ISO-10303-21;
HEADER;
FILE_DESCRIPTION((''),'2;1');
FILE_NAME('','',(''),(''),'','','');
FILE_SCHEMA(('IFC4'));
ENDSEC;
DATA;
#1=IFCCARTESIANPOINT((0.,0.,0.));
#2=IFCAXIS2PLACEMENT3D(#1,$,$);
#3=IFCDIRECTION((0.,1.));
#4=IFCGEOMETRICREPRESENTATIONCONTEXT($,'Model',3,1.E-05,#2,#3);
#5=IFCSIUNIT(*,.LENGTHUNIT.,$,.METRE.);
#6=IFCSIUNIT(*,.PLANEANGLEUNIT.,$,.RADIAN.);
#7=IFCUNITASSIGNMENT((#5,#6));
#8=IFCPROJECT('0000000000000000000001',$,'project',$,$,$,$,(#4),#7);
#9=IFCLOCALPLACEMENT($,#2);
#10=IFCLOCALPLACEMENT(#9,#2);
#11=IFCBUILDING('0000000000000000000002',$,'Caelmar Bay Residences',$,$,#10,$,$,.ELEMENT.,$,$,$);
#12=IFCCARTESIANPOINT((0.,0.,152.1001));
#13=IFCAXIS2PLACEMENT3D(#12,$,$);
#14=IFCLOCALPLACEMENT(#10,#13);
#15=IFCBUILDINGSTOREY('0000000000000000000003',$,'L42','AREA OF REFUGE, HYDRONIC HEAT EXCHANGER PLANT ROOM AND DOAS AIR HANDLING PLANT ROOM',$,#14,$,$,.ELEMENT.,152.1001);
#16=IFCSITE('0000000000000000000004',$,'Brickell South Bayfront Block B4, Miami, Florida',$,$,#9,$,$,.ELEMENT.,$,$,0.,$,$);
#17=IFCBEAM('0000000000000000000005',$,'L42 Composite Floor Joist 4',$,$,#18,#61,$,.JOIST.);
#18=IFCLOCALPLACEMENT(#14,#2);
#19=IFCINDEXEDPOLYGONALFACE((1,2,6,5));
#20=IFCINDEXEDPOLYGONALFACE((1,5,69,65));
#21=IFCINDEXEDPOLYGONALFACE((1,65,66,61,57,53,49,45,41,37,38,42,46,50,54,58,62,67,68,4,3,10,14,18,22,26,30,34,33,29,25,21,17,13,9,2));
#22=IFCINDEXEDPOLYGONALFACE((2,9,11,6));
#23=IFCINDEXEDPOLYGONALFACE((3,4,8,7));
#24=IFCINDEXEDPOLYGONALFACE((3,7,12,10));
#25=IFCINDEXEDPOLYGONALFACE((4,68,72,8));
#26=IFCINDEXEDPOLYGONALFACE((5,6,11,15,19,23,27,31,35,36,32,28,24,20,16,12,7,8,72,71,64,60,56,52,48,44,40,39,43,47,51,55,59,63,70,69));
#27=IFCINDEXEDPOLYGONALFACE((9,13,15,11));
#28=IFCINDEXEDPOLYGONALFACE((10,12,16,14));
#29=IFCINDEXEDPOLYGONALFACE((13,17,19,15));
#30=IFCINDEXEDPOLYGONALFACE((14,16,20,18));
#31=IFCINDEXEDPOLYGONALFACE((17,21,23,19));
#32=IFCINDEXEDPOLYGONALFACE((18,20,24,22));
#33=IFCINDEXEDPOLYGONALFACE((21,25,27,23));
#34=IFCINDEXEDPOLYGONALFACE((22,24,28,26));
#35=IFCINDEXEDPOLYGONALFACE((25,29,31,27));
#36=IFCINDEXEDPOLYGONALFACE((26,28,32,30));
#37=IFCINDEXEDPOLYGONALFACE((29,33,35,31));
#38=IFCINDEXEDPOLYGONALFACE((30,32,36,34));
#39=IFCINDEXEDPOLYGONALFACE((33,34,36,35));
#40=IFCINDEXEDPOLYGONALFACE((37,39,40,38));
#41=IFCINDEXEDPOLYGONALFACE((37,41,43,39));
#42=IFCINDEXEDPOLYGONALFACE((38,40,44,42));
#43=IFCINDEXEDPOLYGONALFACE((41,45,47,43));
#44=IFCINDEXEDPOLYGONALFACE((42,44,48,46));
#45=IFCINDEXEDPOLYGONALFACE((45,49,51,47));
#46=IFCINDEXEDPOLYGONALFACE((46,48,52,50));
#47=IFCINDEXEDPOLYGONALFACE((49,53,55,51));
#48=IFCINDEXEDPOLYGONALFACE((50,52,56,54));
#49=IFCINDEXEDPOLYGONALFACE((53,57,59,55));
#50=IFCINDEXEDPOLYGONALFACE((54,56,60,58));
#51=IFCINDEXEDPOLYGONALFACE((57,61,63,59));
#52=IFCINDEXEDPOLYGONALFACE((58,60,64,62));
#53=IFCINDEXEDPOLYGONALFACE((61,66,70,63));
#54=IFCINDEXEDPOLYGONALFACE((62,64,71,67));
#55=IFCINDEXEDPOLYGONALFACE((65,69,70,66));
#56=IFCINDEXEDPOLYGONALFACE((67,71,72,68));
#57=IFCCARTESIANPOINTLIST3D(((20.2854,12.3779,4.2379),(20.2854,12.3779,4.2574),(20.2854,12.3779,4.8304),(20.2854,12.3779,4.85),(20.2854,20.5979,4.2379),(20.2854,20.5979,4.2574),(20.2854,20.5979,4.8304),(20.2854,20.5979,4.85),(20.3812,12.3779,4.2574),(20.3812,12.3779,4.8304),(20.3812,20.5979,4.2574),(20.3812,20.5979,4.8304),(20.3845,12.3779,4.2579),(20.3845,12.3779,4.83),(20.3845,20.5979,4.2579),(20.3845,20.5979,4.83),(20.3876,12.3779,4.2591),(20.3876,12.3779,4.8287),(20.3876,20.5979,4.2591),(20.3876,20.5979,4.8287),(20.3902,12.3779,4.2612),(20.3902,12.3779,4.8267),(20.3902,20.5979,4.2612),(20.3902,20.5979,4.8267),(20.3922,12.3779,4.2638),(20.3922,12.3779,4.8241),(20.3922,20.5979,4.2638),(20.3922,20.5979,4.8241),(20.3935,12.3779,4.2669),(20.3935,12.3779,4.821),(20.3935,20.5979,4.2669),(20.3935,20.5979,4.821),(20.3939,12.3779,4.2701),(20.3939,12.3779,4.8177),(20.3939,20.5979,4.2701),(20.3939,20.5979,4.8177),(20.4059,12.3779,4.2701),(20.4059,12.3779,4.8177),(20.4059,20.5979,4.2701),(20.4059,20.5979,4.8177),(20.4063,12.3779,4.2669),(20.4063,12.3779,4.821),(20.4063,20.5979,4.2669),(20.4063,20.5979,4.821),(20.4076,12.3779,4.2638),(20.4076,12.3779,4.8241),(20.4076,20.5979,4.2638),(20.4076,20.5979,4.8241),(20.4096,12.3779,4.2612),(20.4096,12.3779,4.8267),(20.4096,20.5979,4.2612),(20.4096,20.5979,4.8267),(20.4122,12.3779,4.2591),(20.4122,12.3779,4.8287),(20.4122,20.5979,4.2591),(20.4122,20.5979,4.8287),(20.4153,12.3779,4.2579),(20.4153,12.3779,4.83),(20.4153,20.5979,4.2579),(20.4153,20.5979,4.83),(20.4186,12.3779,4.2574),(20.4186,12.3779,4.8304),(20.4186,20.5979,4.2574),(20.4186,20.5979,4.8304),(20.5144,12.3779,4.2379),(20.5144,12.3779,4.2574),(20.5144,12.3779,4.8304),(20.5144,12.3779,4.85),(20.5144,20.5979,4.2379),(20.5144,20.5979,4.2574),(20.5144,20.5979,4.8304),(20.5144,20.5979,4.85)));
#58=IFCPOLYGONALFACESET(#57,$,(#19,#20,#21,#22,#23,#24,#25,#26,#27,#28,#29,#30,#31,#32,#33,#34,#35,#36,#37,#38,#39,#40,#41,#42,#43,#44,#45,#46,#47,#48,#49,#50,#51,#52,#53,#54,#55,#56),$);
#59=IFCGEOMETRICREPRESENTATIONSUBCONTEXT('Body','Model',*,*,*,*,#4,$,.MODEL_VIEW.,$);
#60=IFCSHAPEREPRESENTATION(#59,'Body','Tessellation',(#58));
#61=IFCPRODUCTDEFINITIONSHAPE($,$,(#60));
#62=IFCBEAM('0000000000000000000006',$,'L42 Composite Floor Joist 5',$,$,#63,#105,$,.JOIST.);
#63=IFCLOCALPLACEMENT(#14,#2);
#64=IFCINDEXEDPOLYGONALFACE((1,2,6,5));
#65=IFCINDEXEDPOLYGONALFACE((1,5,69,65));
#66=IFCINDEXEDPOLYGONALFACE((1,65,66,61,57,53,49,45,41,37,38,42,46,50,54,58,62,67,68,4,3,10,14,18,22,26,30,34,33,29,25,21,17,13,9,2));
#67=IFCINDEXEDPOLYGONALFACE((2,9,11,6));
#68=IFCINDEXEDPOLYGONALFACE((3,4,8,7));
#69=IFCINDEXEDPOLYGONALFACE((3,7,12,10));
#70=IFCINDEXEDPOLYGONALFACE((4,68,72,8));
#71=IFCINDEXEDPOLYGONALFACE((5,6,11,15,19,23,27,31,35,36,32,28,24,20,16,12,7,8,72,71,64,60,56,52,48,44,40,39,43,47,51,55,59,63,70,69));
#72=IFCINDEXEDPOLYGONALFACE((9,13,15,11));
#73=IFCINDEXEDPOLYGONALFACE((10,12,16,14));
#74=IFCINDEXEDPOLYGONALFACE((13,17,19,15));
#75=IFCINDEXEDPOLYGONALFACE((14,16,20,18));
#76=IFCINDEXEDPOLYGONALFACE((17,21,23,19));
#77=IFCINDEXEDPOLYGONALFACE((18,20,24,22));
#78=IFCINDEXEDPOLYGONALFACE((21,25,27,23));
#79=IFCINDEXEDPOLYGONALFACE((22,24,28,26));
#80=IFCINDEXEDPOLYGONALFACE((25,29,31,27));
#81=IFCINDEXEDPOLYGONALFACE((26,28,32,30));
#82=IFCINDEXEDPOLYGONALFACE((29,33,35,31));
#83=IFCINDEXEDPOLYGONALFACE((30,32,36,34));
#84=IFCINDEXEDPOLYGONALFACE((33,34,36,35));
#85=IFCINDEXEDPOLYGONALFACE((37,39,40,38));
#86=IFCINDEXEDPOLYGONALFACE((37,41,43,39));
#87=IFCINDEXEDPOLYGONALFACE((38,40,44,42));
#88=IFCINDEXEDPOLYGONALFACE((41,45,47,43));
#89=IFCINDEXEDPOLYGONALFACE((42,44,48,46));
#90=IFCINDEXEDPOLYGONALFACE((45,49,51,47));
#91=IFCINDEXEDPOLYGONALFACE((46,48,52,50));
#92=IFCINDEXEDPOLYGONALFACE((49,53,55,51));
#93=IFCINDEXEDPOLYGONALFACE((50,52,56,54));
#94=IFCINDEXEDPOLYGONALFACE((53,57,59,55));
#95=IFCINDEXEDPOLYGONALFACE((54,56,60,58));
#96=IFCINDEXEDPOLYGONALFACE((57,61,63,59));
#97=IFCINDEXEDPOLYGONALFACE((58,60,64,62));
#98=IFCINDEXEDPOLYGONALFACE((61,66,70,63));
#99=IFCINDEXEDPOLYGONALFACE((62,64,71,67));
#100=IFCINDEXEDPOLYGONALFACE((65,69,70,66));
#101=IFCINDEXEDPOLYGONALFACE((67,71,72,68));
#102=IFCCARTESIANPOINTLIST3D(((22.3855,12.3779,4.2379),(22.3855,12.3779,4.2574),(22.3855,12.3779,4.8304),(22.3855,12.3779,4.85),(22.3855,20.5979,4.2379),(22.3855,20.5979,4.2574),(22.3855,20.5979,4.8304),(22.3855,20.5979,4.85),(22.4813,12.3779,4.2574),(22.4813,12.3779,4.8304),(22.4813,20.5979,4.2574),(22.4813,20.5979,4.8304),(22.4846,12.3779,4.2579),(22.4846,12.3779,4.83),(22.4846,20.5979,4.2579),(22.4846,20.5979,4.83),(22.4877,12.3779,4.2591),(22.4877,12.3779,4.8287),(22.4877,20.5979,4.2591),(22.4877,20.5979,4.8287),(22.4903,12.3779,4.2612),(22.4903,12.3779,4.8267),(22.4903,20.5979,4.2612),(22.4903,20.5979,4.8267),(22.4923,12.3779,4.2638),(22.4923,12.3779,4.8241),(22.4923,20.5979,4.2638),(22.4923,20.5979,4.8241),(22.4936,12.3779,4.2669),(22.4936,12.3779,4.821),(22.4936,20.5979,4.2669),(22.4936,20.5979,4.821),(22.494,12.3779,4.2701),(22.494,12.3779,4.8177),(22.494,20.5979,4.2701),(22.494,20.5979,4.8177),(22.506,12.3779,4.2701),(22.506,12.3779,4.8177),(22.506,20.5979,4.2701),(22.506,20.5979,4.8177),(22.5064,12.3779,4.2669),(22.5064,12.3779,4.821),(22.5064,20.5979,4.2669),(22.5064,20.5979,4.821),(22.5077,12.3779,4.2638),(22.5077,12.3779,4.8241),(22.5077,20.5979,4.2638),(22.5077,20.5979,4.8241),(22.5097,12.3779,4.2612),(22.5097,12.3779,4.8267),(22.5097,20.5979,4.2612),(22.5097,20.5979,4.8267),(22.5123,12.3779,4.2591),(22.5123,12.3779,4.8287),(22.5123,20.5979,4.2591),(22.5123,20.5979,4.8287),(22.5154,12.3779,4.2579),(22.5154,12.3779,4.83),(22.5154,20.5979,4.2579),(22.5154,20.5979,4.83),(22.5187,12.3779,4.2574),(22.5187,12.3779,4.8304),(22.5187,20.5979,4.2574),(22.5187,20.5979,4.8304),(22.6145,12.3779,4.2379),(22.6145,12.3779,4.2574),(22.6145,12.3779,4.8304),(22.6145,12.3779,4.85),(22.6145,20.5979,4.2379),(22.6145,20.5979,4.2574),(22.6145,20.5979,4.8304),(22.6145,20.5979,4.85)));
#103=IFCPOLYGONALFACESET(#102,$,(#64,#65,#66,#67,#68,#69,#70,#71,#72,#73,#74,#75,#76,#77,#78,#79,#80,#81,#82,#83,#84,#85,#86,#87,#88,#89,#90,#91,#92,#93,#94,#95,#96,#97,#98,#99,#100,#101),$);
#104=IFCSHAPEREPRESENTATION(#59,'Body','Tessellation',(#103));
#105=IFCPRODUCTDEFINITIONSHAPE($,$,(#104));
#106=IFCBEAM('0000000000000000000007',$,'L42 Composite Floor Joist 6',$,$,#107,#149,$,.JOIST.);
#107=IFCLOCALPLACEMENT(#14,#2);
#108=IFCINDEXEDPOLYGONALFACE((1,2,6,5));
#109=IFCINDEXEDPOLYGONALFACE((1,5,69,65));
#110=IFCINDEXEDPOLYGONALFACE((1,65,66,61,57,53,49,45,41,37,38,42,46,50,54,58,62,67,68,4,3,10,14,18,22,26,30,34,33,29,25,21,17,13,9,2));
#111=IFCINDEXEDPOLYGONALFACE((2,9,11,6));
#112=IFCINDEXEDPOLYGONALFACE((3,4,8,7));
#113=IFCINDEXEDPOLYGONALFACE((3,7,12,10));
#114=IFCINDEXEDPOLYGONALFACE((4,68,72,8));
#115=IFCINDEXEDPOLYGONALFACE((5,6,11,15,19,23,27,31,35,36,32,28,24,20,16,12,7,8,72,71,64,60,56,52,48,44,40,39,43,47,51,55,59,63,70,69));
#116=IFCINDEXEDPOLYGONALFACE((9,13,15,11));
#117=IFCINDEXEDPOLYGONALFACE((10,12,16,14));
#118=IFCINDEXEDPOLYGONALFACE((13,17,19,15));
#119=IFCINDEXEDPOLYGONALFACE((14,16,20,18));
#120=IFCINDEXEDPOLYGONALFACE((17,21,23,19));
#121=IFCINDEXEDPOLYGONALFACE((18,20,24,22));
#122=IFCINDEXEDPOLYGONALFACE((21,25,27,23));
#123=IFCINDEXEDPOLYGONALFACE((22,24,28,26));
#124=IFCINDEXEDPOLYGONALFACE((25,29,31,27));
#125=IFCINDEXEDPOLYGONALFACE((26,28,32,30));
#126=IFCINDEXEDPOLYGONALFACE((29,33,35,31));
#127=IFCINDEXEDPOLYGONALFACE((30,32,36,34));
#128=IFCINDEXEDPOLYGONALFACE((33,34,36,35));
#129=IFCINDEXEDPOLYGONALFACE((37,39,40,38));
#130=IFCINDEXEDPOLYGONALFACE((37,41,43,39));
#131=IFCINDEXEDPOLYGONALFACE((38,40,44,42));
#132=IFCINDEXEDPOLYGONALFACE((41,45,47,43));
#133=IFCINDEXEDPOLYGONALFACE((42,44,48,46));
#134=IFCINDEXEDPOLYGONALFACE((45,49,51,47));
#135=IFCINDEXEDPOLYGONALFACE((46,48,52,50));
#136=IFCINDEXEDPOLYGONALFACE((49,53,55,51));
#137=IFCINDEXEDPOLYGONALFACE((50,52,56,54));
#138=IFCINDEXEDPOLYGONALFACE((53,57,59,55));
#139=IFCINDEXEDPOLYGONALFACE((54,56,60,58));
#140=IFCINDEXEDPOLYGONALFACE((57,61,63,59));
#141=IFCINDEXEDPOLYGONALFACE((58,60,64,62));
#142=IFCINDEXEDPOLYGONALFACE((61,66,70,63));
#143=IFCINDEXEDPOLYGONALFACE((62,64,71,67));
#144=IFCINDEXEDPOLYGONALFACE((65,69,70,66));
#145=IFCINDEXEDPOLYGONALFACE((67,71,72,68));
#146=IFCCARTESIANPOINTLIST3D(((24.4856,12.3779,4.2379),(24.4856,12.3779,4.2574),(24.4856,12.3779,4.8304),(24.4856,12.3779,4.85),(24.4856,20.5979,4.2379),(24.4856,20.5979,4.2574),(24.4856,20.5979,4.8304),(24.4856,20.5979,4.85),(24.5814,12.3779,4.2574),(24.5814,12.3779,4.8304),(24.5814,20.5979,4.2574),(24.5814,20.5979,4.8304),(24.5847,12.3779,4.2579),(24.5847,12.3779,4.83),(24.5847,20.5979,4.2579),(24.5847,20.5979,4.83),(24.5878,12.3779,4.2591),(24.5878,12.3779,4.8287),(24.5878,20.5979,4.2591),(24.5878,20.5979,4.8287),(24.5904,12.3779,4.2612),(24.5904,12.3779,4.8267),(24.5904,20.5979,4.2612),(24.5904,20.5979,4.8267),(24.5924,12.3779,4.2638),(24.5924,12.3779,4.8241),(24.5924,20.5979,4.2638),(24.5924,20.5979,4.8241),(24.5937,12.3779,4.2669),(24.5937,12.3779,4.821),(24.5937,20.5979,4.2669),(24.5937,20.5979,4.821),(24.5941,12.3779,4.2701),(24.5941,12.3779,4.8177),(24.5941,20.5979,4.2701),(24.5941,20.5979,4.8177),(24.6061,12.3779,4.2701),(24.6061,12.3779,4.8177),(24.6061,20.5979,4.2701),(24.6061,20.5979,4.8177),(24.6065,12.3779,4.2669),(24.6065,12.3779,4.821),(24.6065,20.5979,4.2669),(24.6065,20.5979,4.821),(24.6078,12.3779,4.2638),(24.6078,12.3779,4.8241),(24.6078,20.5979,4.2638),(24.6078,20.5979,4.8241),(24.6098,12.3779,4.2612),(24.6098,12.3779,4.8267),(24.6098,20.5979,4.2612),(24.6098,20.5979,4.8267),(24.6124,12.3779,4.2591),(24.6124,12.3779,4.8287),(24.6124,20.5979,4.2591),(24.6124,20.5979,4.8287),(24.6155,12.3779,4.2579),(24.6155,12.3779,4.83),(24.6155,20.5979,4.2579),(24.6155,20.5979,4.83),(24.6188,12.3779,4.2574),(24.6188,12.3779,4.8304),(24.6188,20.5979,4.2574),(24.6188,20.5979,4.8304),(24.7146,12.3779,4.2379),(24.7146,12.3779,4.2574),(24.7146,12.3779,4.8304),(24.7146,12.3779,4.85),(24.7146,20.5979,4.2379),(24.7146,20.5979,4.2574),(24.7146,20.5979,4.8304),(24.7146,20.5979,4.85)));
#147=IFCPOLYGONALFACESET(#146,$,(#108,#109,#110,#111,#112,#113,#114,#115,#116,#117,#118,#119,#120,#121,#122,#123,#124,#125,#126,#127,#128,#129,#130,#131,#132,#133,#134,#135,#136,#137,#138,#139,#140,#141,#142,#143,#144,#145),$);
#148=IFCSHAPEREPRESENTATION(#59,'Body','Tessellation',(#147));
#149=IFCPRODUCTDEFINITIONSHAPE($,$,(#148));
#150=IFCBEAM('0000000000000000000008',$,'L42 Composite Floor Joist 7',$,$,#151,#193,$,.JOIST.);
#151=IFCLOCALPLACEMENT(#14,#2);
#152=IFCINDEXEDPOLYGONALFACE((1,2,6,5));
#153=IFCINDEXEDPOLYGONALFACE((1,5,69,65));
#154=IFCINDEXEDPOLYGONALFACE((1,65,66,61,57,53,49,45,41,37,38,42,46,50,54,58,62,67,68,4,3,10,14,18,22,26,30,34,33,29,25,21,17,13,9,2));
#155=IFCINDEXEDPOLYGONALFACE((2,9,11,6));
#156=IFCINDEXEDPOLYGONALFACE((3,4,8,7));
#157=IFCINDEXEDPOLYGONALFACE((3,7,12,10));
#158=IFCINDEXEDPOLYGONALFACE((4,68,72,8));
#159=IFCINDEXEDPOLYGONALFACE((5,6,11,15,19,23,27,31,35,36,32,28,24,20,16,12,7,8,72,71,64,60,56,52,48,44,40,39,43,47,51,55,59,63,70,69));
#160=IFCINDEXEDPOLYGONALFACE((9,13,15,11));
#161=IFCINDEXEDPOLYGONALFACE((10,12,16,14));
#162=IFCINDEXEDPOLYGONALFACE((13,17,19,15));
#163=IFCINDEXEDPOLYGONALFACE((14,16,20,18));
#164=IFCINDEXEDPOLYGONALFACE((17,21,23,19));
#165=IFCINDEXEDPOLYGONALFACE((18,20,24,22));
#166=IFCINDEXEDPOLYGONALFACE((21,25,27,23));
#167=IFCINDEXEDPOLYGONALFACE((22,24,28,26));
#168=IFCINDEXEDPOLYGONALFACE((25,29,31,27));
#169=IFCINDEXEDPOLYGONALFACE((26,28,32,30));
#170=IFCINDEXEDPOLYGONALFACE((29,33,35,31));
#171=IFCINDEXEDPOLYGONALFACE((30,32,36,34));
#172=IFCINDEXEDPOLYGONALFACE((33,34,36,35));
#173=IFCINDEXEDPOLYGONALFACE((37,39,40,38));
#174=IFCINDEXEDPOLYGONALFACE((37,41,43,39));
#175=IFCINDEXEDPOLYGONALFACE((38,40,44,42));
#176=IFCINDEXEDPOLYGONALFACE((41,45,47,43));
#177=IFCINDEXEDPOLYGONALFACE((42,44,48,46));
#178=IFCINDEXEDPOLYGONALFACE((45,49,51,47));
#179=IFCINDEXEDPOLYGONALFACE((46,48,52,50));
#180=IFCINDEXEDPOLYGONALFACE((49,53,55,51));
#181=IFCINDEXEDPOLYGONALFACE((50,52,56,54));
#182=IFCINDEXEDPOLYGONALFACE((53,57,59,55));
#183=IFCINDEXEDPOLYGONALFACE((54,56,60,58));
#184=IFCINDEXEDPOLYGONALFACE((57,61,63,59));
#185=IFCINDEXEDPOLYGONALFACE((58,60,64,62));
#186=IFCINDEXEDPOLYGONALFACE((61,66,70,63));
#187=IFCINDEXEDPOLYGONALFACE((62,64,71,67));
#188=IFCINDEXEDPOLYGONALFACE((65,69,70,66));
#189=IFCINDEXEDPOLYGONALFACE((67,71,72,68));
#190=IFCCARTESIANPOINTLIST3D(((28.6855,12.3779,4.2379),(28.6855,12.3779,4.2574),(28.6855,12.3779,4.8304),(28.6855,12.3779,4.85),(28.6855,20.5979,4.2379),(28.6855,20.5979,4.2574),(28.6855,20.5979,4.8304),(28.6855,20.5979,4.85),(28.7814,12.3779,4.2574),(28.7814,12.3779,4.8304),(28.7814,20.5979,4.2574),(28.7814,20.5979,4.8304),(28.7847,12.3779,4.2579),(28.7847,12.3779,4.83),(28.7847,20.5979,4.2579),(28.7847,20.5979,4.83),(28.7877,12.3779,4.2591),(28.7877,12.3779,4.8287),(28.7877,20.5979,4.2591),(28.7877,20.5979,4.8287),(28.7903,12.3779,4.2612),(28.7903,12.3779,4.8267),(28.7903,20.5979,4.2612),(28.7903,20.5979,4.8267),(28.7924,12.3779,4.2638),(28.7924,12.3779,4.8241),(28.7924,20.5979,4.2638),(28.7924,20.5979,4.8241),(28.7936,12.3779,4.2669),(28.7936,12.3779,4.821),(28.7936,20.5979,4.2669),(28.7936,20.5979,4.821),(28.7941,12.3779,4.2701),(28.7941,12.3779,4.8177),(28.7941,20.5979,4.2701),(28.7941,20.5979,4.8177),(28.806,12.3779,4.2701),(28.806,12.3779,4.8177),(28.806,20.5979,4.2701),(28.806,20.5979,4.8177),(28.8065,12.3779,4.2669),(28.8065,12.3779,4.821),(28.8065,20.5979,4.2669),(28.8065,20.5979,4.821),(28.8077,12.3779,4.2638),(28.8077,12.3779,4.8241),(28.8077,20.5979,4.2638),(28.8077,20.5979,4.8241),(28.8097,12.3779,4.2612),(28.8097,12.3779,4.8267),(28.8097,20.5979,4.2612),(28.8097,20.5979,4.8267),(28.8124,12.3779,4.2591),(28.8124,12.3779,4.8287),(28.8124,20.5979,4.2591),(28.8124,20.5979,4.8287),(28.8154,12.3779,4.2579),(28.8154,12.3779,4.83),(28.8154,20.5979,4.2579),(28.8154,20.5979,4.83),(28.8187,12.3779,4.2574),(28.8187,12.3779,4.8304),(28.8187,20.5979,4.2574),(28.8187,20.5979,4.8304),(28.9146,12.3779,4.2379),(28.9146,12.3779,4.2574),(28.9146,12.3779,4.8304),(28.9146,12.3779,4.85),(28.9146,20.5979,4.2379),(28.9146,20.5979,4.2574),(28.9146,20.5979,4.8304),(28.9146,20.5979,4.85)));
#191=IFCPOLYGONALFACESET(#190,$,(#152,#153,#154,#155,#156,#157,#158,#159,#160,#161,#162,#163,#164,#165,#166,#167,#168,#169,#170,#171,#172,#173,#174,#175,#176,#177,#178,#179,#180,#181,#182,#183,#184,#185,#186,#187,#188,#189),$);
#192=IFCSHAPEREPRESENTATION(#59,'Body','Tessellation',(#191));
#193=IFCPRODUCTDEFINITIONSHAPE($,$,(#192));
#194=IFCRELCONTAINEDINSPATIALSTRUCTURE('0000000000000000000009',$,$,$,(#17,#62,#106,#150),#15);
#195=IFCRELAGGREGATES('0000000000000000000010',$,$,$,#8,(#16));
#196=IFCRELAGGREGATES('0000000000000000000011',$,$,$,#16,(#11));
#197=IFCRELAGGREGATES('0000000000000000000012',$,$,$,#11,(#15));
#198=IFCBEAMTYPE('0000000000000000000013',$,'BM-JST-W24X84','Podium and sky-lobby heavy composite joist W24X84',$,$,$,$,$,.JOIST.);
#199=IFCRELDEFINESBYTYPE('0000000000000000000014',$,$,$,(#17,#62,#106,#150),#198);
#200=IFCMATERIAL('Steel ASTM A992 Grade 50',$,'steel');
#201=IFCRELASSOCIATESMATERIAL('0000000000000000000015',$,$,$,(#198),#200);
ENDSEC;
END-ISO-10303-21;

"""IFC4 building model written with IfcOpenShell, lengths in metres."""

from ifc_helpers import new_model, si_unit, direction, frame, origin, origin_2d, place, context, subcontext, project, spatial, i_section, extrude, material, material_profile, profile_set, type_object, element, save


model = new_model("IFC4")

# Units and contexts
model_context = context("Model", 3, precision=1e-05, world=origin(), true_north=direction((0.0, 1.0)))
body_context = subcontext(model_context, "Body", "Model", "MODEL_VIEW")
ifc_project = project(units=[si_unit("LENGTHUNIT", "METRE"), si_unit("PLANEANGLEUNIT", "RADIAN")], contexts=[model_context])

# Site, building, storey
site_placement = place(None, origin())
site = spatial("IfcSite", under=ifc_project, at=site_placement, Name="Brickell South Bayfront Block B4, Miami, Florida", CompositionType="ELEMENT", RefElevation=0.0)
building_placement = place(site_placement, origin())
building = spatial("IfcBuilding", under=site, at=building_placement, Name="Caelmar Bay Residences", CompositionType="ELEMENT")
storey_placement = place(building_placement, frame((0.0, 0.0, 152.1001)))
storey = spatial("IfcBuildingStorey", under=building, at=storey_placement, Name="L42", Description="AREA OF REFUGE, HYDRONIC HEAT EXCHANGER PLANT ROOM AND DOAS AIR HANDLING PLANT ROOM", CompositionType="ELEMENT", Elevation=152.1001)

# Beams
ifc_material_1 = material(Name="Steel ASTM A992 Grade 50", Category="steel")
ifc_material_profile_1 = material_profile(ifc_material_1, i_section(OverallWidth=0.229, OverallDepth=0.6121, WebThickness=0.012, FlangeThickness=0.0195, FilletRadius=0.0127, at=origin_2d()), Name="W24X84")
ifc_profile_set_1 = profile_set([ifc_material_profile_1], Name="Steel ASTM A992 Grade 50")
beam_type_1 = type_object("IfcBeamType", Name="BM-JST-W24X84", Description="Podium and sky-lobby heavy composite joist W24X84", PredefinedType="JOIST", material=ifc_profile_set_1)
for number, where, z_axis, x_axis, name in (
    (1, (20.3999, 12.3779, 4.5439), (0.0, 1.0, 0.0), (-1.0, 0.0, 0.0), "L42 Composite Floor Joist 4"),
    (2, (22.5, 12.3779, 4.5439), (0.0, 1.0, 0.0), (-1.0, 0.0, 0.0), "L42 Composite Floor Joist 5"),
    (3, (24.6001, 12.3779, 4.5439), (0.0, 1.0, 0.0), (-1.0, 0.0, 0.0), "L42 Composite Floor Joist 6"),
    (4, (28.8, 12.3779, 4.5439), (0.0, 1.0, 0.0), (-1.0, 0.0, 0.0), "L42 Composite Floor Joist 7"),
):
    element("IfcBeam", number, at=place(storey_placement, frame(where, z_axis=z_axis, x_axis=x_axis)), inside=storey, type_object=beam_type_1, Name=name, PredefinedType="JOIST", context=body_context, shape_type="SweptSolid", body=[
        extrude(i_section(OverallWidth=0.229, OverallDepth=0.6121, WebThickness=0.012, FlangeThickness=0.0195, FilletRadius=0.0127, at=origin_2d()), origin(), (0.0, 0.0, 1.0), 8.22),
    ])

save(model, "model.ifc")
